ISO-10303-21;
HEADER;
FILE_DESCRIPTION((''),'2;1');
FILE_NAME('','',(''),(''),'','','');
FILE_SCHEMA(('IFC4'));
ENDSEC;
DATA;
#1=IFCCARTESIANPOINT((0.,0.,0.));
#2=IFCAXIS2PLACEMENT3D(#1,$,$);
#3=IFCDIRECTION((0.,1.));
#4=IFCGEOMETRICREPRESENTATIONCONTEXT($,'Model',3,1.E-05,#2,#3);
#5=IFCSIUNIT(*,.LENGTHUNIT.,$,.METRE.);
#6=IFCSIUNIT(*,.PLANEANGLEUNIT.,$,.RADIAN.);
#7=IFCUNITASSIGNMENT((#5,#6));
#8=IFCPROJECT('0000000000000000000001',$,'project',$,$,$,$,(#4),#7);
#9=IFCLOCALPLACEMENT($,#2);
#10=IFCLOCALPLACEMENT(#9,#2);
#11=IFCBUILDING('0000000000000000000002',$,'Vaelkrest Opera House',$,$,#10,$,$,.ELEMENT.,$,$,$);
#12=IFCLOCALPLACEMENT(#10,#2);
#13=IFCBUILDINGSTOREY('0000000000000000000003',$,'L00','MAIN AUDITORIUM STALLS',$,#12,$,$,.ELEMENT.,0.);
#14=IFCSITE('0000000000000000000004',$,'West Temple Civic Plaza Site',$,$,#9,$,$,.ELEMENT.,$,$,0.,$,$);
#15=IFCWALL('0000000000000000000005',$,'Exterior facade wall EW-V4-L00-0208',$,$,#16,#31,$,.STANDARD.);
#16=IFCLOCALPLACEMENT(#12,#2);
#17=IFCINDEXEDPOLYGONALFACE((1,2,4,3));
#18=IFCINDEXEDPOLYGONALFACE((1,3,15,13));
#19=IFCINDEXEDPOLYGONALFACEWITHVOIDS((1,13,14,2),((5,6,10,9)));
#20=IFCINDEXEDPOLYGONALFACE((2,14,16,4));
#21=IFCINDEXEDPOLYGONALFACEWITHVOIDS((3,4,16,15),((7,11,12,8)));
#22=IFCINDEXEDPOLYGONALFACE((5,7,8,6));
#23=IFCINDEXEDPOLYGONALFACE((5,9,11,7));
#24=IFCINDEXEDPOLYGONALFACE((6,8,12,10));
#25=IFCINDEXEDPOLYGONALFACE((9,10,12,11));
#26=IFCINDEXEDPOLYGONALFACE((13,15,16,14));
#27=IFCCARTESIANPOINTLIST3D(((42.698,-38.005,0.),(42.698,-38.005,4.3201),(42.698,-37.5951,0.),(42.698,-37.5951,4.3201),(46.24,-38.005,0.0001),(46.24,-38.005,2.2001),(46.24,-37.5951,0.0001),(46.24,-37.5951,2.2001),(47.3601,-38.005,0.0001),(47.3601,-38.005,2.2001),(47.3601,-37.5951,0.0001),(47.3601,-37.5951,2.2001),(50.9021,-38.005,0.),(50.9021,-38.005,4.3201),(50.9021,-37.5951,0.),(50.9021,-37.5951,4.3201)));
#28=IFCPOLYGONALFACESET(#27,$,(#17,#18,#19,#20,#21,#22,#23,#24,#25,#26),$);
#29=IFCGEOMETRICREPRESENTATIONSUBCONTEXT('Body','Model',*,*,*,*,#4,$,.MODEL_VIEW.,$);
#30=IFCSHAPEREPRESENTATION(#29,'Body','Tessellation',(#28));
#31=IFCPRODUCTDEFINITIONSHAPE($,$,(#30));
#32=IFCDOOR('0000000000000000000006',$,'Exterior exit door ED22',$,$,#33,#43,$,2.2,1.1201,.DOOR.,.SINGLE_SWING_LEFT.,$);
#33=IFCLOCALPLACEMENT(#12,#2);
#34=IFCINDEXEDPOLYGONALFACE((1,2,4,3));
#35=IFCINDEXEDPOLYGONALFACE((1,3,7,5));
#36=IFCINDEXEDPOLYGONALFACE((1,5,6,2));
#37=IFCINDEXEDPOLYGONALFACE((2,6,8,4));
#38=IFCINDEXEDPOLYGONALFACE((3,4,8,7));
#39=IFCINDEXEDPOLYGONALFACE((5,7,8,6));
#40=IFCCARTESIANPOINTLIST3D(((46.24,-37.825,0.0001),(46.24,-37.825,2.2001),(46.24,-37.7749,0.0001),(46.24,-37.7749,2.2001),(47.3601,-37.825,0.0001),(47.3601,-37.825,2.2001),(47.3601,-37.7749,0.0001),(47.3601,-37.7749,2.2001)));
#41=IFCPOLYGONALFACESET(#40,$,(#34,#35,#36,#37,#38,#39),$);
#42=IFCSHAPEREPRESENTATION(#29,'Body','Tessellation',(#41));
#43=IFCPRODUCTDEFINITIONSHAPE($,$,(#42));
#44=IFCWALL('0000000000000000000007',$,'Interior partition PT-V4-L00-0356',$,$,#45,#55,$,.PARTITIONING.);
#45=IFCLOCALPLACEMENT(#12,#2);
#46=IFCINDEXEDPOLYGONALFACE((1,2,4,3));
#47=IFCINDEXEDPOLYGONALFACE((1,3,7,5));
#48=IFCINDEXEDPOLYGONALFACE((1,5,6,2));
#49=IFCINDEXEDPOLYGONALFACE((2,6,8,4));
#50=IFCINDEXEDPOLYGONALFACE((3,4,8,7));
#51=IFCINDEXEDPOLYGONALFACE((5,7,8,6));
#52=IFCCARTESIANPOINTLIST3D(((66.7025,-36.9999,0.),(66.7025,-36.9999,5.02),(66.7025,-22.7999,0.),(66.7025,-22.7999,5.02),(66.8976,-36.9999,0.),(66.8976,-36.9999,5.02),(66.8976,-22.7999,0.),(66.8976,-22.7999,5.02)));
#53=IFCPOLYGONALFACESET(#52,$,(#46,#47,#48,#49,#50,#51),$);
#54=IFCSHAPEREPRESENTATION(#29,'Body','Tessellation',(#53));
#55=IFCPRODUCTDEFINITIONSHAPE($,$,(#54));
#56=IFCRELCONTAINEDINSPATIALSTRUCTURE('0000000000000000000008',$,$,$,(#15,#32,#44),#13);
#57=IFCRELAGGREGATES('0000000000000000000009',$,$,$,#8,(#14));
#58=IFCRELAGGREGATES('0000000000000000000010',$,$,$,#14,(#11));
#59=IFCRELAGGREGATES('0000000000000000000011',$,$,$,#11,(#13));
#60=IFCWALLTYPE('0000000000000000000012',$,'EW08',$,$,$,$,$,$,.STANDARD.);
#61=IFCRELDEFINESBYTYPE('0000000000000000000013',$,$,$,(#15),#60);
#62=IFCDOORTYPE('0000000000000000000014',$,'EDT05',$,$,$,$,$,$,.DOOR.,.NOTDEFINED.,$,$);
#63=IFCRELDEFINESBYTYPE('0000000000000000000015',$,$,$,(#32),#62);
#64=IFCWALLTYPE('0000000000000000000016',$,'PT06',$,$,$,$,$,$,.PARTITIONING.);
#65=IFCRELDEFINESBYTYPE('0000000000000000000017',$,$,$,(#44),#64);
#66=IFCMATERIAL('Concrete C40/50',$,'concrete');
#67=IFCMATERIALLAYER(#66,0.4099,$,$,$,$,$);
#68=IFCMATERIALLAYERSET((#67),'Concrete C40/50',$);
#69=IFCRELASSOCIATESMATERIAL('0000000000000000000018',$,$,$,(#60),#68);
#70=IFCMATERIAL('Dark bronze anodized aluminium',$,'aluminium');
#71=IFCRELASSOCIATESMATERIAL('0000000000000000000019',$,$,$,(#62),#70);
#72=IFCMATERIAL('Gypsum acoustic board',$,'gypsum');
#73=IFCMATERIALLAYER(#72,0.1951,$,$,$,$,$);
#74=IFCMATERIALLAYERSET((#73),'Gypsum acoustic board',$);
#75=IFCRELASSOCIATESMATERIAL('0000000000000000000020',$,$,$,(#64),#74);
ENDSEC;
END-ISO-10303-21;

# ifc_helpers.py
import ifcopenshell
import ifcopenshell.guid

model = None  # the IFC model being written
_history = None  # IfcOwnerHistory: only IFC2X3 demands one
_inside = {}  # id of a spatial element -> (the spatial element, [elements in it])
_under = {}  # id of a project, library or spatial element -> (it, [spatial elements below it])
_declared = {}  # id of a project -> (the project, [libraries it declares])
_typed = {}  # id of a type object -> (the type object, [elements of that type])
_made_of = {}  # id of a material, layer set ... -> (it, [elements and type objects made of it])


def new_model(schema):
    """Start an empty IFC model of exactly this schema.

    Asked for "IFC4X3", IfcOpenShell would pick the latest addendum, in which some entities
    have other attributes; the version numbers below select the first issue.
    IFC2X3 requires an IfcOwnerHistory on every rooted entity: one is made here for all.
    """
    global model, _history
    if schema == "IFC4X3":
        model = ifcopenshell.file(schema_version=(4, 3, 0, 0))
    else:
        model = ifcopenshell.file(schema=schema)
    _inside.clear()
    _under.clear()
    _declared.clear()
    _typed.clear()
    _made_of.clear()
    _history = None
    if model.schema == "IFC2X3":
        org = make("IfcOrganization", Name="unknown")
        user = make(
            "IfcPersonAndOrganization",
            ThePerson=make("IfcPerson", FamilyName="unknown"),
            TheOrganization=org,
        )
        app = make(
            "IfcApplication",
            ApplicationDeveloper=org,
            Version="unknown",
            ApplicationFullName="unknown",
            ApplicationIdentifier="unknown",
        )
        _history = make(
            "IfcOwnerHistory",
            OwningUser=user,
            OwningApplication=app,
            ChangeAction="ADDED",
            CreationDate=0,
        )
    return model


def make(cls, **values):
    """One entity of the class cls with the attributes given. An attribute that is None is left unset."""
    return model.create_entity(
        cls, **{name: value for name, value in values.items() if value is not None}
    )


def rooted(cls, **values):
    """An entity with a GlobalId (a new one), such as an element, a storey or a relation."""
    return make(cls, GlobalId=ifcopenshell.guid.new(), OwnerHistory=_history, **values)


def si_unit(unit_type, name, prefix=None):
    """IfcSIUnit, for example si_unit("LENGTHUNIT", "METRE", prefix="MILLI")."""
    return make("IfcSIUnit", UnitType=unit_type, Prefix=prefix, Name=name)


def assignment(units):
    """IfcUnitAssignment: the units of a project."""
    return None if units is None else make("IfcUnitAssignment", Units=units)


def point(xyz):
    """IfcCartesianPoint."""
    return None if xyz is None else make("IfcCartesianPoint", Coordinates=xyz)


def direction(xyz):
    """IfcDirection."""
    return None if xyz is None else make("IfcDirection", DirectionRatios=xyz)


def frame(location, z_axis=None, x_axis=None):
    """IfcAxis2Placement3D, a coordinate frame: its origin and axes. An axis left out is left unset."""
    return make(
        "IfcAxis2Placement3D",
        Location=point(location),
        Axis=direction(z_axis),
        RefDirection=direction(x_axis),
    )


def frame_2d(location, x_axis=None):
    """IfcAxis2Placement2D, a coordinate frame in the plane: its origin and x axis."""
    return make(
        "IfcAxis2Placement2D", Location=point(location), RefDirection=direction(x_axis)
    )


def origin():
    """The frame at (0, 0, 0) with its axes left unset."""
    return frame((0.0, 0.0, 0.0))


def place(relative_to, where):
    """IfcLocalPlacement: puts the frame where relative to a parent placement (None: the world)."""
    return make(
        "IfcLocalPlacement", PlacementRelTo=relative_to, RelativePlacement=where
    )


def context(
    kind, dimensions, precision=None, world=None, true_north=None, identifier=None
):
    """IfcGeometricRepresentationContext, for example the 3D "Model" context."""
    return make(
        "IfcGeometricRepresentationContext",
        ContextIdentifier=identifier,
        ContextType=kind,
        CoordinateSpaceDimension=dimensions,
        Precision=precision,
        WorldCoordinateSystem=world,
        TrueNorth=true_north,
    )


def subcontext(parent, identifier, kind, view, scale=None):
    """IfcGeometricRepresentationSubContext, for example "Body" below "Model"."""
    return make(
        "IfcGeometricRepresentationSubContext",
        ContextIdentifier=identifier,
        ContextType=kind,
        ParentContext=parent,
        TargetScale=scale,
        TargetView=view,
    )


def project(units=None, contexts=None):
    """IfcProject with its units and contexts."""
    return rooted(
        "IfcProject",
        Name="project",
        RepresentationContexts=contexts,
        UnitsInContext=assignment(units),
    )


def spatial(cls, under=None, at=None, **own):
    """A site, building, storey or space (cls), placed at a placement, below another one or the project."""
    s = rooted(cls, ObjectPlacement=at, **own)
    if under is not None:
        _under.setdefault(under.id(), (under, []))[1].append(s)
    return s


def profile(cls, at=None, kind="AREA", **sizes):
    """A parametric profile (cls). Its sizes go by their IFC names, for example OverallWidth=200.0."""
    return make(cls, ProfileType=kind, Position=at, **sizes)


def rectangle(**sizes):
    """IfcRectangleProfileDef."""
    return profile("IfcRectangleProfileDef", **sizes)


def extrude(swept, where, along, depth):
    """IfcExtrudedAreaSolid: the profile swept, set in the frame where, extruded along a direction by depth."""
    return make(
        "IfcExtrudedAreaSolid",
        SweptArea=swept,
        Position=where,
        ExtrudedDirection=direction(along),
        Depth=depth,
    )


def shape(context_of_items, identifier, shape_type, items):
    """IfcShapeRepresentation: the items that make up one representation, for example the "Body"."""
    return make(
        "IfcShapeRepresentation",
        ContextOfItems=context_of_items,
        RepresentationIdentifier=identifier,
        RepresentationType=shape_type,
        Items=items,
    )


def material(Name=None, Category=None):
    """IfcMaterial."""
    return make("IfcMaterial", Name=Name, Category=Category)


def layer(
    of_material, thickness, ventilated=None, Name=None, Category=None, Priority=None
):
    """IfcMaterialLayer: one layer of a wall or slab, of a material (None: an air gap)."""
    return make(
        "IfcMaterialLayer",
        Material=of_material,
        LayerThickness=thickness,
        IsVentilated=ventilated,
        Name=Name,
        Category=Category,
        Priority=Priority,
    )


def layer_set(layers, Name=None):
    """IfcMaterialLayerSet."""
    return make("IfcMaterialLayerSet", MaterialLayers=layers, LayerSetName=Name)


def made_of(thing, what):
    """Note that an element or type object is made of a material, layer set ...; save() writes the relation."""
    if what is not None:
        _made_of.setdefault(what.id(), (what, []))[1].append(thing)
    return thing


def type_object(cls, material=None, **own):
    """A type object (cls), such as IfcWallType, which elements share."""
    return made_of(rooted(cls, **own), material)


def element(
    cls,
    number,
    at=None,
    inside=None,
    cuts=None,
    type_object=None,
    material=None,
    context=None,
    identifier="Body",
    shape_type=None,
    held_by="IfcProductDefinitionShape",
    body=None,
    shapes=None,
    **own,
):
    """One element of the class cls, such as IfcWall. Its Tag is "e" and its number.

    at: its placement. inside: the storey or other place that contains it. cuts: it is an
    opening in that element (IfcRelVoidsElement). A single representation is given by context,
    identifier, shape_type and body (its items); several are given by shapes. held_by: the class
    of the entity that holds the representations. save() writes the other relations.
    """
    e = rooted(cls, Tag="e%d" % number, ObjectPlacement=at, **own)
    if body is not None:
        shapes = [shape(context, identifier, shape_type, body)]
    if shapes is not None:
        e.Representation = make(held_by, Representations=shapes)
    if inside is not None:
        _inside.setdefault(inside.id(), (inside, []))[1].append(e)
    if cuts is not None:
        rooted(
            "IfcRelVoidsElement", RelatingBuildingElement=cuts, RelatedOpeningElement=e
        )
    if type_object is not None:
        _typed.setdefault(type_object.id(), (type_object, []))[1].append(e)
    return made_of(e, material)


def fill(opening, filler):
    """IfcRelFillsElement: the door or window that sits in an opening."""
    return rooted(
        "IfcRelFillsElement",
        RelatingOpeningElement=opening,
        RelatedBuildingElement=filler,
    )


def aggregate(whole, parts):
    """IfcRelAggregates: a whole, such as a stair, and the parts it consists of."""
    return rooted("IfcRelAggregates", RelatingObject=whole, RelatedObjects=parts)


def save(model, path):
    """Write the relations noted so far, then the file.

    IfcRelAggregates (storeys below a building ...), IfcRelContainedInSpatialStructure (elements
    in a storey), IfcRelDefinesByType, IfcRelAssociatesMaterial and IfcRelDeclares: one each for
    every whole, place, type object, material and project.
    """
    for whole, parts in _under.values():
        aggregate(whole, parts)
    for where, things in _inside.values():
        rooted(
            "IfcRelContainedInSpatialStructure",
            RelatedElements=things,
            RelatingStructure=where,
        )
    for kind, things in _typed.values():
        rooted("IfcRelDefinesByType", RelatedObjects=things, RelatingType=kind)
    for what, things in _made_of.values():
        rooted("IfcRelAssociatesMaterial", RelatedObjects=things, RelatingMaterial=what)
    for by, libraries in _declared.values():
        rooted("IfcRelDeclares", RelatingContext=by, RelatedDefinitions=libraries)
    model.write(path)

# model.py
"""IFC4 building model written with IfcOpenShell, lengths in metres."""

from ifc_helpers import new_model, si_unit, direction, frame, frame_2d, origin, place, context, subcontext, project, spatial, rectangle, extrude, material, layer, layer_set, type_object, element, fill, save


model = new_model("IFC4")

# Units and contexts
model_context = context("Model", 3, precision=1e-05, world=origin(), true_north=direction((0.0, 1.0)))
body_context = subcontext(model_context, "Body", "Model", "MODEL_VIEW")
ifc_project = project(units=[si_unit("LENGTHUNIT", "METRE"), si_unit("PLANEANGLEUNIT", "RADIAN")], contexts=[model_context])

# Site, building, storey
site_placement = place(None, origin())
site = spatial("IfcSite", under=ifc_project, at=site_placement, Name="West Temple Civic Plaza Site", CompositionType="ELEMENT", RefElevation=0.0)
building_placement = place(site_placement, origin())
building = spatial("IfcBuilding", under=site, at=building_placement, Name="Vaelkrest Opera House", CompositionType="ELEMENT")
storey_placement = place(building_placement, origin())
storey = spatial("IfcBuildingStorey", under=building, at=storey_placement, Name="L00", Description="MAIN AUDITORIUM STALLS", CompositionType="ELEMENT", Elevation=0.0)

# Wall, opening, door
ifc_material_1 = material(Name="Dark bronze anodized aluminium", Category="aluminium")
ifc_material_2 = material(Name="Concrete C40/50", Category="concrete")
ifc_layer_1 = layer(ifc_material_2, 0.4099)
ifc_layer_set_1 = layer_set([ifc_layer_1], Name="Concrete C40/50")
wall_type_1 = type_object("IfcWallType", Name="EW08", PredefinedType="STANDARD", material=ifc_layer_set_1)
wall_1_placement = place(storey_placement, frame((50.9021, -37.8, 0.0), z_axis=(0.0, 0.0, 1.0), x_axis=(-1.0, 0.0, 0.0)))
wall_1 = element("IfcWall", 1, at=wall_1_placement, inside=storey, type_object=wall_type_1, Name="Exterior facade wall EW-V4-L00-0208", PredefinedType="STANDARD", context=body_context, shape_type="SweptSolid", body=[
    extrude(rectangle(XDim=8.2041, YDim=0.4099, at=frame_2d((4.1021, 0.0))), origin(), (0.0, 0.0, 1.0), 4.3201),
])
opening_1_placement = place(wall_1_placement, frame((3.542, 0.0, 0.0)))
opening_1 = element("IfcOpeningElement", 2, at=opening_1_placement, cuts=wall_1, PredefinedType="OPENING", context=body_context, shape_type="SweptSolid", body=[
    extrude(rectangle(XDim=1.1201, YDim=2.2, at=frame_2d((0.5601, 1.1001))), frame((0.0, 0.2148, 0.0), z_axis=(0.0, -1.0, 0.0), x_axis=(1.0, 0.0, 0.0)), (0.0, 0.0, 1.0), 0.4299),
])
door_type_1 = type_object("IfcDoorType", Name="EDT05", OperationType="NOTDEFINED", PredefinedType="DOOR", material=ifc_material_1)
door_1_placement = place(opening_1_placement, origin())
door_1 = element("IfcDoor", 3, at=door_1_placement, inside=storey, type_object=door_type_1, Name="Exterior exit door ED22", OperationType="SINGLE_SWING_LEFT", OverallHeight=2.2, OverallWidth=1.1201, PredefinedType="DOOR", context=body_context, shape_type="SweptSolid", body=[
    extrude(rectangle(XDim=1.1201, YDim=2.2, at=frame_2d((0.5601, 1.1001))), frame((0.0, 0.0249, 0.0), z_axis=(0.0, -1.0, 0.0), x_axis=(1.0, 0.0, 0.0)), (0.0, 0.0, 1.0), 0.05),
])
fill(opening_1, door_1)

# Wall
ifc_material_3 = material(Name="Gypsum acoustic board", Category="gypsum")
ifc_layer_2 = layer(ifc_material_3, 0.1951)
ifc_layer_set_2 = layer_set([ifc_layer_2], Name="Gypsum acoustic board")
wall_type_2 = type_object("IfcWallType", Name="PT06", PredefinedType="PARTITIONING", material=ifc_layer_set_2)
wall_2_placement = place(storey_placement, frame((66.8, -37.0, 0.0), z_axis=(0.0, 0.0, 1.0), x_axis=(0.0, 1.0, 0.0)))
element("IfcWall", 4, at=wall_2_placement, inside=storey, type_object=wall_type_2, Name="Interior partition PT-V4-L00-0356", PredefinedType="PARTITIONING", context=body_context, shape_type="SweptSolid", body=[
    extrude(rectangle(XDim=14.2, YDim=0.1951, at=frame_2d((7.1001, 0.0))), origin(), (0.0, 0.0, 1.0), 5.02),
])

save(model, "model.ifc")
